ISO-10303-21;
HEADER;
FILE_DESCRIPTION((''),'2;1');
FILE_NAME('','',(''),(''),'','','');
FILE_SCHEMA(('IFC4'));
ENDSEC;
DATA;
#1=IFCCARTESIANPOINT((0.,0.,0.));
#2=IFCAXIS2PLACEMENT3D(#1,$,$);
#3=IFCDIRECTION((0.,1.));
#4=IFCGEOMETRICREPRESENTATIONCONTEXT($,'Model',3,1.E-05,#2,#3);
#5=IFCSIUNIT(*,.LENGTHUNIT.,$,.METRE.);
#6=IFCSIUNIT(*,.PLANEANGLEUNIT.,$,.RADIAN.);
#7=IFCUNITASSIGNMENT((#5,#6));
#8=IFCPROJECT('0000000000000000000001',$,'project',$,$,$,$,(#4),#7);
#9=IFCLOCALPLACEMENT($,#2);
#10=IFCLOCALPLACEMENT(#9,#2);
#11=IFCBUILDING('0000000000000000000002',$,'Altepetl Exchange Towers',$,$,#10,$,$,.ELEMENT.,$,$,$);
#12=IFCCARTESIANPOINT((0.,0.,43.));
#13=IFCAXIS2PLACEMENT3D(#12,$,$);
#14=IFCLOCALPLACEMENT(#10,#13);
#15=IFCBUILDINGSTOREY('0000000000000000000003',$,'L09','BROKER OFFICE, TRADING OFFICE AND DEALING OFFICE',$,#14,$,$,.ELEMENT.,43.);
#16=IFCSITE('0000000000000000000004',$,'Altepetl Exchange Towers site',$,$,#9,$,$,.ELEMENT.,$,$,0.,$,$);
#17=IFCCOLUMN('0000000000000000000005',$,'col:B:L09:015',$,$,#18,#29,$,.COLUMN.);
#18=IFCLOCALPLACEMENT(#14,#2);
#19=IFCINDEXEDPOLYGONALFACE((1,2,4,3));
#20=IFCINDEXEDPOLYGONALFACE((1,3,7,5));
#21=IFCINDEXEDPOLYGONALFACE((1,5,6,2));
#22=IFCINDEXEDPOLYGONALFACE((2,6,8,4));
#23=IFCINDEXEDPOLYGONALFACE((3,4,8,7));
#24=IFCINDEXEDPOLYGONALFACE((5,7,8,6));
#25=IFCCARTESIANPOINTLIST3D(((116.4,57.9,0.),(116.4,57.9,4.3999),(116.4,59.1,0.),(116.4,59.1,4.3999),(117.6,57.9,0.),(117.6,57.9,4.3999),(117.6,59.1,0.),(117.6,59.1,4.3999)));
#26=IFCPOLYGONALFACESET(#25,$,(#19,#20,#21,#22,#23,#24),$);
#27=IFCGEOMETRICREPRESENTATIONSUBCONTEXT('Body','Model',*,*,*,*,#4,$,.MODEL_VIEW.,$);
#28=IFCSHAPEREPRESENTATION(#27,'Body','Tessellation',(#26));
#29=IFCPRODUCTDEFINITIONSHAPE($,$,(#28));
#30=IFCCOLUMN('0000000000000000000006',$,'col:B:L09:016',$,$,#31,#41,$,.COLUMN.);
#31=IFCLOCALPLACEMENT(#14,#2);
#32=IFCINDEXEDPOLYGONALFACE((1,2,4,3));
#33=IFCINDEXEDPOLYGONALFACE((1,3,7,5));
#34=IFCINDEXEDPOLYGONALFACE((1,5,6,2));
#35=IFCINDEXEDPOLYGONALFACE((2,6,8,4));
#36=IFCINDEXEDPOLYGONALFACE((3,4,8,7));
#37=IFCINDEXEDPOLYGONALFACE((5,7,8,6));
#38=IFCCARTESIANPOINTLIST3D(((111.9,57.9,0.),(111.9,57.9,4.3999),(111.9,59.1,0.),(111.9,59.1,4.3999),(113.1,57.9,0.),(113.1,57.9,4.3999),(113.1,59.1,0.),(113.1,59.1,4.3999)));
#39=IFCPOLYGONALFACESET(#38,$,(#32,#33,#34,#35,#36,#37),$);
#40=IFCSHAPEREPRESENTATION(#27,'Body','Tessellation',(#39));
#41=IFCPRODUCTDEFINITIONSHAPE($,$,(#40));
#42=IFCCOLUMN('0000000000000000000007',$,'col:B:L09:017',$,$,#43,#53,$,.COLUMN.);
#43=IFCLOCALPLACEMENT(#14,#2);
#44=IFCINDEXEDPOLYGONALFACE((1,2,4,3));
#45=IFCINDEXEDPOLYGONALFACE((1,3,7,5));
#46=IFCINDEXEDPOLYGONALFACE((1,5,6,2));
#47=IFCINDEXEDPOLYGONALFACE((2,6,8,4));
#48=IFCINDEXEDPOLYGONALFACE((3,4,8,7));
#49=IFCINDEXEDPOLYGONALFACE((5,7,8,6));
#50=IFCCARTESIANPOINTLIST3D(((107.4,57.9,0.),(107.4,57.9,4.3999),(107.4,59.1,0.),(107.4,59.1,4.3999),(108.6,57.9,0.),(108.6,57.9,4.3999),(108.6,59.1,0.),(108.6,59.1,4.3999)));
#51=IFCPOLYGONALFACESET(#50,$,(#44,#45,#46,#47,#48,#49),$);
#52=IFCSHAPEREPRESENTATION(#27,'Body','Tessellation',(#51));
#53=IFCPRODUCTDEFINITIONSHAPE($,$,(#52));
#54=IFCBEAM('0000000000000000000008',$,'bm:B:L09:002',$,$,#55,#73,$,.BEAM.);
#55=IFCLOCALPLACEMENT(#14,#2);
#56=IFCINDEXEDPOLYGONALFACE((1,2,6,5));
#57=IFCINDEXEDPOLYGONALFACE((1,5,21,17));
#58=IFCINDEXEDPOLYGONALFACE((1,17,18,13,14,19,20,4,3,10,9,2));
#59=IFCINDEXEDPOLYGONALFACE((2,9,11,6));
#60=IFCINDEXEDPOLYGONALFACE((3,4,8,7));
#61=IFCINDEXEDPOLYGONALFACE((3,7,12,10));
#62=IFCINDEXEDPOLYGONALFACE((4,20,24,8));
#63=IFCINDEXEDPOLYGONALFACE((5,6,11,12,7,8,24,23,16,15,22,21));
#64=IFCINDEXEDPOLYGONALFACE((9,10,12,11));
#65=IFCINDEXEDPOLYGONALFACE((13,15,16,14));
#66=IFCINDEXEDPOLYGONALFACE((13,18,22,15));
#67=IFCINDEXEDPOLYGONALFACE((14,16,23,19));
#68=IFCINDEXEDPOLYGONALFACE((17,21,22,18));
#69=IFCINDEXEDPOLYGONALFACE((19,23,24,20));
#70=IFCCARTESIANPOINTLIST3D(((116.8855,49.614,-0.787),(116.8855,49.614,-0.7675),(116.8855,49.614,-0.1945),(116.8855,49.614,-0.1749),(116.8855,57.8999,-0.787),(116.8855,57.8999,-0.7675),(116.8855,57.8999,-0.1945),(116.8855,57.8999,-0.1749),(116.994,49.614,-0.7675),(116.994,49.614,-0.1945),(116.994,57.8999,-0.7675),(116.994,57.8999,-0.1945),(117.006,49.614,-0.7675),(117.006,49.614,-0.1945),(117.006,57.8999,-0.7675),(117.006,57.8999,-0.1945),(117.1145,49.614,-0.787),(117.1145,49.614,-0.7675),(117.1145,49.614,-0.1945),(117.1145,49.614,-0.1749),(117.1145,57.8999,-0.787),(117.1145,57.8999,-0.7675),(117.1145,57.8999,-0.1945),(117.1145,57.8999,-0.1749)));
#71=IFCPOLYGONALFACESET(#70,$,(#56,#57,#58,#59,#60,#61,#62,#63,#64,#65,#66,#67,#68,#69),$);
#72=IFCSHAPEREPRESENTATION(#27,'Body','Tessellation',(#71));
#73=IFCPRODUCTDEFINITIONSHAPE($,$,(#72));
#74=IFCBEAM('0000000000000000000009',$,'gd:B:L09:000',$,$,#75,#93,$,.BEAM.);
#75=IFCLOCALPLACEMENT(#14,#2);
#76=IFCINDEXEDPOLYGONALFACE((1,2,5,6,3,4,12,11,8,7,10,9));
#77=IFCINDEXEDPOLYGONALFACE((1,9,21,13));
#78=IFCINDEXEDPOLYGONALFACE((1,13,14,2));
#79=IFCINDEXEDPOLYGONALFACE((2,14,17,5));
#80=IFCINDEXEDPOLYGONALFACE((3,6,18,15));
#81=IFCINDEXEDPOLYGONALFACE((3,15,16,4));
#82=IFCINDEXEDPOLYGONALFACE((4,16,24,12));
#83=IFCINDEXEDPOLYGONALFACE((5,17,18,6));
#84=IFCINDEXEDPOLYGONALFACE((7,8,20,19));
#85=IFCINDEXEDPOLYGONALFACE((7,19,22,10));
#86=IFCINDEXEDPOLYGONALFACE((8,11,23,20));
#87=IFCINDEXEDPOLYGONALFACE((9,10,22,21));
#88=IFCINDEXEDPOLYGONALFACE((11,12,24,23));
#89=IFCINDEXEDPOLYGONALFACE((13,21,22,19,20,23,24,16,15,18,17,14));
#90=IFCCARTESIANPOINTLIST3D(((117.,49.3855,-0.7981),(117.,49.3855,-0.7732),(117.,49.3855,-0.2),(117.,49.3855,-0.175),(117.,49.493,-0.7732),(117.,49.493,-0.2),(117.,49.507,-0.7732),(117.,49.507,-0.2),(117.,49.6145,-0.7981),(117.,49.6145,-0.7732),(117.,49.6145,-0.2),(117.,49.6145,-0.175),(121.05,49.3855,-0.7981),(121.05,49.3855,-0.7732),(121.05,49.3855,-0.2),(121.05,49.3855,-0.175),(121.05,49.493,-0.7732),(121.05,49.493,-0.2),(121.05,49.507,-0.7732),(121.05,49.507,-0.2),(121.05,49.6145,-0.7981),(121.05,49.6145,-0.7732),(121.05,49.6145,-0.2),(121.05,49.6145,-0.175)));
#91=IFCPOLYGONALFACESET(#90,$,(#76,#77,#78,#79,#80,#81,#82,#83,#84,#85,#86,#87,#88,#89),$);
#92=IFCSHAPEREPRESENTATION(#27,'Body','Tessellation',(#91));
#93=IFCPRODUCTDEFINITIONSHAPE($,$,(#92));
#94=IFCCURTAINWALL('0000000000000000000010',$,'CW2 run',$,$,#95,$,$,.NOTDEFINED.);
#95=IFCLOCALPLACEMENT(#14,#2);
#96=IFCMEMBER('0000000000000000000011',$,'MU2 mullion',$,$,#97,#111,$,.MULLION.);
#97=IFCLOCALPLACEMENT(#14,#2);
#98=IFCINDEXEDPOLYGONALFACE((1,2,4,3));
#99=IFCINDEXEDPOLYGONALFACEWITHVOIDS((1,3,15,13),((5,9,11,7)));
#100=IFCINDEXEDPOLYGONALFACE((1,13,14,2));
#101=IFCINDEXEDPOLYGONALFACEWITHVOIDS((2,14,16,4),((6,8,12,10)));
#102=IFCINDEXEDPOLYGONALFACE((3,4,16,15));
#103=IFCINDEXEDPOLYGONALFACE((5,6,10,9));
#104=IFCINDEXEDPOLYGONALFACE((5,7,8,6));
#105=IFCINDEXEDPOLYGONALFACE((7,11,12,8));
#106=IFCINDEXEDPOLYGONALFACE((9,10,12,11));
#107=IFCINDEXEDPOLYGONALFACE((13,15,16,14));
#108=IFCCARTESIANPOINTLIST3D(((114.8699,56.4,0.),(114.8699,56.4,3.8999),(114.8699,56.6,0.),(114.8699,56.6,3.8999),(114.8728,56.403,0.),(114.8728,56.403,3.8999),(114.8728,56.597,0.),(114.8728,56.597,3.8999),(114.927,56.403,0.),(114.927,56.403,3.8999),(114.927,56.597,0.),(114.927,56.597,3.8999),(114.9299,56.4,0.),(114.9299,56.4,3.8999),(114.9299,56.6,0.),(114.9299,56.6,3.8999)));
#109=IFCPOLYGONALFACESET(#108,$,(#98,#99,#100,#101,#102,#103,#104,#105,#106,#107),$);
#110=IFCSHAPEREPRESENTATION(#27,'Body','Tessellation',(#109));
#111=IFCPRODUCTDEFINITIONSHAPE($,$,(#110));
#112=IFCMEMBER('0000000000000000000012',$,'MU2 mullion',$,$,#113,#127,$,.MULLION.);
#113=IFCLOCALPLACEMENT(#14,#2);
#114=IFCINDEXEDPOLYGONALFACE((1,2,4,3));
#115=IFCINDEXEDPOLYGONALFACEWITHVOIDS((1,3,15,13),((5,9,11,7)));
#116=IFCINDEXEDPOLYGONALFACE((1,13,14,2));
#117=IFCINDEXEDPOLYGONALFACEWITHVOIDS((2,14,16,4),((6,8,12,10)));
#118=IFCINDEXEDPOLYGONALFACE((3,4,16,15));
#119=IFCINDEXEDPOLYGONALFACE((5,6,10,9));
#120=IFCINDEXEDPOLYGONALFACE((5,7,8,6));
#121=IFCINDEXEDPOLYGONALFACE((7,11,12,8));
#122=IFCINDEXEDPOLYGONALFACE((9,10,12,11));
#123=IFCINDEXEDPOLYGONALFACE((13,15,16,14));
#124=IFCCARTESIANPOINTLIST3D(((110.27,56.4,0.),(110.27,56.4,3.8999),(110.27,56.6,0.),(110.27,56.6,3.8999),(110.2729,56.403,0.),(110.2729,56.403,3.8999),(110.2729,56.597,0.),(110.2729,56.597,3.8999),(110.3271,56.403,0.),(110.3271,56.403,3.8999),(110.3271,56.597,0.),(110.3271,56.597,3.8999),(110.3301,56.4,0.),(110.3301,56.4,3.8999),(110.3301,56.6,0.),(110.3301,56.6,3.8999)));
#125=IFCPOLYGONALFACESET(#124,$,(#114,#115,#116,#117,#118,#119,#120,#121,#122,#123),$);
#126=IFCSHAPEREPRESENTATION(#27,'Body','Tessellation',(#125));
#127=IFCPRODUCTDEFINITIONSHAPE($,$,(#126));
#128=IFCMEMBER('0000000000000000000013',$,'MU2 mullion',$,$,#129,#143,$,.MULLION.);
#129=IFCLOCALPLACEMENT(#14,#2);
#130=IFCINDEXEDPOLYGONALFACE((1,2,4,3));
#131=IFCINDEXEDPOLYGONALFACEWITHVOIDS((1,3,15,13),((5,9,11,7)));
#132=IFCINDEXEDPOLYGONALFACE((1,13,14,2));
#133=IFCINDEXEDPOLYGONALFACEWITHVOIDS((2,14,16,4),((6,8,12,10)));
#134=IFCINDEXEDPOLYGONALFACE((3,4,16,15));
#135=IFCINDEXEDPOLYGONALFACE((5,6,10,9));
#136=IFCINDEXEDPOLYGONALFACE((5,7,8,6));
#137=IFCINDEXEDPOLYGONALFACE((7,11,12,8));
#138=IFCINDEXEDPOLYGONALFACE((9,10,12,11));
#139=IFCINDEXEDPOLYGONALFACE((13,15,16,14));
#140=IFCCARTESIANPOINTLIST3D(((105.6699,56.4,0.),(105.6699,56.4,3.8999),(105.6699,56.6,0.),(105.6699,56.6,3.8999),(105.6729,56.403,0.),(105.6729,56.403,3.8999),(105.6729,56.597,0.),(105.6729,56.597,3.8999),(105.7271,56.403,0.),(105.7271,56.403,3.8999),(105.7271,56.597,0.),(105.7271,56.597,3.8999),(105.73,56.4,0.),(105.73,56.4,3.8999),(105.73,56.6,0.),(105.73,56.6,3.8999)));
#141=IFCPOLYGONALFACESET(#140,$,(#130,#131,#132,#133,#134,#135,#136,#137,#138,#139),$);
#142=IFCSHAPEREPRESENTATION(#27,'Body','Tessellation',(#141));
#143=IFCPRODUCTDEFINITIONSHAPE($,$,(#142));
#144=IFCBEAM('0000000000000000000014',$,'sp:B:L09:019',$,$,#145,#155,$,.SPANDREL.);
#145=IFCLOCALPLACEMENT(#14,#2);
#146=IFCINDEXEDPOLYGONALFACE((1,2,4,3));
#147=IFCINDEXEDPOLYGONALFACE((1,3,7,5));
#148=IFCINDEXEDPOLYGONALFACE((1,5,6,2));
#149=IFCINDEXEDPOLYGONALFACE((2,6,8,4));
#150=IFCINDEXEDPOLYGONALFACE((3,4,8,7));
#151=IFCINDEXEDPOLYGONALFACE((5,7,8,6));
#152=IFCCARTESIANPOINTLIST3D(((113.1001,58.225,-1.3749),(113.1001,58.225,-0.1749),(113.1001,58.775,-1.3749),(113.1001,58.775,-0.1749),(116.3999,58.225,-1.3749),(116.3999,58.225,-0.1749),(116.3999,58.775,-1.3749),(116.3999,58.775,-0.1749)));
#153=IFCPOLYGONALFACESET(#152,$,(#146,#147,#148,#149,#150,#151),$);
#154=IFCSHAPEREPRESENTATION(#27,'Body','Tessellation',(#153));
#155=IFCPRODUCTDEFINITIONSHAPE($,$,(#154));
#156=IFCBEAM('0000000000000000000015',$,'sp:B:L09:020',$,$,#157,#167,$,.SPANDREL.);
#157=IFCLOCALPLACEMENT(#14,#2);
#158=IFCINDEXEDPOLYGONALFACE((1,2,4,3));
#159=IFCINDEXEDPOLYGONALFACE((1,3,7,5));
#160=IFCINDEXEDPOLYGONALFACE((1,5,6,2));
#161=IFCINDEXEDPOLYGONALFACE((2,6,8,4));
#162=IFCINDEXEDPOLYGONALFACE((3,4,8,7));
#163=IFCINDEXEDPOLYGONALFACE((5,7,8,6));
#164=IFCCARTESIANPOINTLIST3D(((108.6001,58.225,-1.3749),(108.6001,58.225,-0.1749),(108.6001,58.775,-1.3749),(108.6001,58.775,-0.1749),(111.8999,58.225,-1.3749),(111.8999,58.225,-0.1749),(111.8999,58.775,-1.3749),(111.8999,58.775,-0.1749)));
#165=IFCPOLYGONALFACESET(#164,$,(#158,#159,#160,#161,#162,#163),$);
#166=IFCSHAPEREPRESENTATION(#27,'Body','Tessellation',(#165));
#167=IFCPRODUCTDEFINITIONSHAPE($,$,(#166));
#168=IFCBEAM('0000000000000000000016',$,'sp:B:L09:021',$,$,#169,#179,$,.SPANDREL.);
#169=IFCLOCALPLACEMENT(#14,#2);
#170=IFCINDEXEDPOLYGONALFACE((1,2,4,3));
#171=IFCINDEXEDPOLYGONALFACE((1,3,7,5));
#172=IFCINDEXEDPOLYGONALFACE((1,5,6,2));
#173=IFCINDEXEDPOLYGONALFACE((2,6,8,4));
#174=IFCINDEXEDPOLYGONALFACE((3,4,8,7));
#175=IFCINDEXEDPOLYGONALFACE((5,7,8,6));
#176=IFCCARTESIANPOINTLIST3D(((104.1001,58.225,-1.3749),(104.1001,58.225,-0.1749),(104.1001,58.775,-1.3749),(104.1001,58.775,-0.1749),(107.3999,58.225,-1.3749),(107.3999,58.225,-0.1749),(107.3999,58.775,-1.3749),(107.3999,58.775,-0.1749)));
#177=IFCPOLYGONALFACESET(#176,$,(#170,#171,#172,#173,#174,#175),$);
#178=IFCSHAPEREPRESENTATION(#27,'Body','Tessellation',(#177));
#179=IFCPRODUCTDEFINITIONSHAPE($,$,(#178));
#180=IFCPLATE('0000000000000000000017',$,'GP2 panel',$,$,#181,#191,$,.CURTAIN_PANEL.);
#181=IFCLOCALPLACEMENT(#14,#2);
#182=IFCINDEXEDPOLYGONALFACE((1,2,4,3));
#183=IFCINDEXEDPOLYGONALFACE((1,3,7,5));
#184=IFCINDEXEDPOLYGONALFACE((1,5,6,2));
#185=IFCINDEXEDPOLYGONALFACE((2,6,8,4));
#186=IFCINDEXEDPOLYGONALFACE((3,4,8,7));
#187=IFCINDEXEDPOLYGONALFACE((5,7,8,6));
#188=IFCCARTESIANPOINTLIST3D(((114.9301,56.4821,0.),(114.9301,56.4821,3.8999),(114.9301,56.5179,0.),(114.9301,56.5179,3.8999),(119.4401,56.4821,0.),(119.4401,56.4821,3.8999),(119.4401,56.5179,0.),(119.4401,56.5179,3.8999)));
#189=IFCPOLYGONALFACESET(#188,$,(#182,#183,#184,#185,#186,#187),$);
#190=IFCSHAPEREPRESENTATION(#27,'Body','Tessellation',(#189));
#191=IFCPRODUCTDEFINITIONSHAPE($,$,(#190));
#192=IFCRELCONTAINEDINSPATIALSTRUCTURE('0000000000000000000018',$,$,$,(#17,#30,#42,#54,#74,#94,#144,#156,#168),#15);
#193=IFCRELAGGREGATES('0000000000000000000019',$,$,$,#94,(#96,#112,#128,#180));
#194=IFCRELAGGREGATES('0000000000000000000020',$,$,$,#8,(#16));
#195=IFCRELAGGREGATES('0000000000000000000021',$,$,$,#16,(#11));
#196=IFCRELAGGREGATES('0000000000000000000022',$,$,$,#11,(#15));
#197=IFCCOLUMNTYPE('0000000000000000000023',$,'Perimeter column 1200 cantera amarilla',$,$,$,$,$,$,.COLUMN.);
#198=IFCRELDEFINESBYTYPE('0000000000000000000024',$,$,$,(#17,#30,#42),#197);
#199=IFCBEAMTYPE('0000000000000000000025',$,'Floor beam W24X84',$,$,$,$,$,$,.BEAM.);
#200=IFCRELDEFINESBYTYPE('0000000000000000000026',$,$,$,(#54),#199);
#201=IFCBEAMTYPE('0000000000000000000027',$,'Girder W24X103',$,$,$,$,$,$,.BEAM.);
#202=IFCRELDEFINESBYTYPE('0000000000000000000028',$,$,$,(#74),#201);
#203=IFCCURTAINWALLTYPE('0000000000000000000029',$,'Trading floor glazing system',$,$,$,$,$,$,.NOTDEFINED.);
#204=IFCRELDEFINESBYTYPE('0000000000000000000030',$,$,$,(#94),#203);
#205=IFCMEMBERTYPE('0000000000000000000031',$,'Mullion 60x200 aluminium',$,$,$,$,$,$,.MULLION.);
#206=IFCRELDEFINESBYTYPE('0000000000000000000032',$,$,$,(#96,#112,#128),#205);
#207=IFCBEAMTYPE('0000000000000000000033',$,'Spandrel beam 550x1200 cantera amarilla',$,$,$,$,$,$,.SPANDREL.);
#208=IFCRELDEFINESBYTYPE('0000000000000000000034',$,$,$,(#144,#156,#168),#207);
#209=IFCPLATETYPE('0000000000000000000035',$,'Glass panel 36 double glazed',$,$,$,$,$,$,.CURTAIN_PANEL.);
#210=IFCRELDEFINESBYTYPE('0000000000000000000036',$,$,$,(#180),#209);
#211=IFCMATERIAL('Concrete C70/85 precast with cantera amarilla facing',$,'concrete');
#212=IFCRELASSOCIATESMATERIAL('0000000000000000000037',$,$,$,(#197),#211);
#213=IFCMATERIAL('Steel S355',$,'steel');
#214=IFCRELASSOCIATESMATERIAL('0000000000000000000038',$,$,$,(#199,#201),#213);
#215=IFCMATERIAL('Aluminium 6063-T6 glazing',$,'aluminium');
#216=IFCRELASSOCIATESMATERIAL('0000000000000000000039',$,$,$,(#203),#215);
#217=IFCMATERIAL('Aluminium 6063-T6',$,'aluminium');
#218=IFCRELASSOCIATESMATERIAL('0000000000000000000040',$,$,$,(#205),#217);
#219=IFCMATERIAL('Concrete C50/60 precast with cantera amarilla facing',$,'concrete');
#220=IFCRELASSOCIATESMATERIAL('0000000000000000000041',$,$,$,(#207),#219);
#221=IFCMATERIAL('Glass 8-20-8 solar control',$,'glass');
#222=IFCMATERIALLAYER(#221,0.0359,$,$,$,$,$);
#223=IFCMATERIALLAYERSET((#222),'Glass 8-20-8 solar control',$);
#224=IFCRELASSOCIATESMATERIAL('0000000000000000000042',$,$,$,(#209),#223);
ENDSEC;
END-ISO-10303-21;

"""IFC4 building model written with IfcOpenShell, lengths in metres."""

from ifc_helpers import new_model, si_unit, direction, frame, origin, origin_2d, place, context, subcontext, project, spatial, rectangle, hollow_rectangle, i_section, extrude, material, layer, layer_set, material_profile, profile_set, type_object, element, aggregate, save


model = new_model("IFC4")

# Units and contexts
model_context = context("Model", 3, precision=1e-05, world=origin(), true_north=direction((0.0, 1.0)))
body_context = subcontext(model_context, "Body", "Model", "MODEL_VIEW")
ifc_project = project(units=[si_unit("LENGTHUNIT", "METRE"), si_unit("PLANEANGLEUNIT", "RADIAN")], contexts=[model_context])

# Site, building, storey
site_placement = place(None, origin())
site = spatial("IfcSite", under=ifc_project, at=site_placement, Name="Altepetl Exchange Towers site", CompositionType="ELEMENT", RefElevation=0.0)
building_placement = place(site_placement, origin())
building = spatial("IfcBuilding", under=site, at=building_placement, Name="Altepetl Exchange Towers", CompositionType="ELEMENT")
storey_placement = place(building_placement, frame((0.0, 0.0, 43.0)))
storey = spatial("IfcBuildingStorey", under=building, at=storey_placement, Name="L09", Description="BROKER OFFICE, TRADING OFFICE AND DEALING OFFICE", CompositionType="ELEMENT", Elevation=43.0)

# Columns
ifc_material_1 = material(Name="Concrete C70/85 precast with cantera amarilla facing", Category="concrete")
ifc_material_profile_1 = material_profile(ifc_material_1, rectangle(XDim=1.2, YDim=1.2, at=origin_2d()), Name="1200 x 1200")
ifc_profile_set_1 = profile_set([ifc_material_profile_1], Name="Concrete C70/85 precast with cantera amarilla facing")
column_type = type_object("IfcColumnType", Name="Perimeter column 1200 cantera amarilla", PredefinedType="COLUMN", material=ifc_profile_set_1)
for number, where, name in (
    (1, (117.0, 58.5, 0.0), "col:B:L09:015"),
    (2, (112.5, 58.5, 0.0), "col:B:L09:016"),
    (3, (108.0, 58.5, 0.0), "col:B:L09:017"),
):
    element("IfcColumn", number, at=place(storey_placement, frame(where)), inside=storey, type_object=column_type, Name=name, PredefinedType="COLUMN", context=body_context, shape_type="SweptSolid", body=[
        extrude(rectangle(XDim=1.2, YDim=1.2, at=origin_2d()), origin(), (0.0, 0.0, 1.0), 4.3999),
    ])

# Beams
ifc_material_2 = material(Name="Steel S355", Category="steel")
ifc_material_profile_2 = material_profile(ifc_material_2, i_section(OverallWidth=0.229, OverallDepth=0.6121, WebThickness=0.012, FlangeThickness=0.0195, at=origin_2d()), Name="W24X84")
ifc_profile_set_2 = profile_set([ifc_material_profile_2], Name="Steel S355")
beam_type_1 = type_object("IfcBeamType", Name="Floor beam W24X84", PredefinedType="BEAM", material=ifc_profile_set_2)
beam_1_placement = place(storey_placement, frame((117.0, 49.614, -0.481), z_axis=(0.0, 1.0, 0.0), x_axis=(-1.0, 0.0, 0.0)))
element("IfcBeam", 4, at=beam_1_placement, inside=storey, type_object=beam_type_1, Name="bm:B:L09:002", PredefinedType="BEAM", context=body_context, shape_type="SweptSolid", body=[
    extrude(i_section(OverallWidth=0.229, OverallDepth=0.6121, WebThickness=0.012, FlangeThickness=0.0195, at=origin_2d()), origin(), (0.0, 0.0, 1.0), 8.2859),
])
ifc_material_profile_3 = material_profile(ifc_material_2, i_section(OverallWidth=0.229, OverallDepth=0.623, WebThickness=0.0139, FlangeThickness=0.0249, at=origin_2d()), Name="W24X103")
ifc_profile_set_3 = profile_set([ifc_material_profile_3], Name="Steel S355")
beam_type_2 = type_object("IfcBeamType", Name="Girder W24X103", PredefinedType="BEAM", material=ifc_profile_set_3)
beam_2_placement = place(storey_placement, frame((117.0, 49.5, -0.4866), z_axis=(1.0, 0.0, 0.0), x_axis=(0.0, 1.0, 0.0)))
element("IfcBeam", 5, at=beam_2_placement, inside=storey, type_object=beam_type_2, Name="gd:B:L09:000", PredefinedType="BEAM", context=body_context, shape_type="SweptSolid", body=[
    extrude(i_section(OverallWidth=0.229, OverallDepth=0.623, WebThickness=0.0139, FlangeThickness=0.0249, at=origin_2d()), origin(), (0.0, 0.0, 1.0), 4.05),
])

# Curtain wall, members
ifc_material_3 = material(Name="Aluminium 6063-T6 glazing", Category="aluminium")
curtain_wall_type = type_object("IfcCurtainWallType", Name="Trading floor glazing system", PredefinedType="NOTDEFINED", material=ifc_material_3)
curtain_wall_placement = place(storey_placement, origin())
curtain_wall = element("IfcCurtainWall", 6, at=curtain_wall_placement, inside=storey, type_object=curtain_wall_type, Name="CW2 run", PredefinedType="NOTDEFINED")
ifc_material_4 = material(Name="Aluminium 6063-T6", Category="aluminium")
ifc_material_profile_4 = material_profile(ifc_material_4, hollow_rectangle(XDim=0.0601, YDim=0.2, WallThickness=0.0029, at=origin_2d()), Name="Mullion 60x200 aluminium")
ifc_profile_set_4 = profile_set([ifc_material_profile_4], Name="Aluminium 6063-T6")
member_type = type_object("IfcMemberType", Name="Mullion 60x200 aluminium", PredefinedType="MULLION", material=ifc_profile_set_4)
member_1_placement = place(storey_placement, frame((114.8999, 56.5, 0.0), z_axis=(0.0, 0.0, 1.0), x_axis=(-1.0, 0.0, 0.0)))
member_1 = element("IfcMember", 7, at=member_1_placement, type_object=member_type, Name="MU2 mullion", PredefinedType="MULLION", context=body_context, shape_type="SweptSolid", body=[
    extrude(hollow_rectangle(XDim=0.0601, YDim=0.2, WallThickness=0.0029, at=origin_2d()), origin(), (0.0, 0.0, 1.0), 3.8999),
])
member_2_placement = place(storey_placement, frame((110.3, 56.5, 0.0), z_axis=(0.0, 0.0, 1.0), x_axis=(-1.0, 0.0, 0.0)))
member_2 = element("IfcMember", 8, at=member_2_placement, type_object=member_type, Name="MU2 mullion", PredefinedType="MULLION", context=body_context, shape_type="SweptSolid", body=[
    extrude(hollow_rectangle(XDim=0.0601, YDim=0.2, WallThickness=0.0029, at=origin_2d()), origin(), (0.0, 0.0, 1.0), 3.8999),
])
member_3_placement = place(storey_placement, frame((105.7, 56.5, 0.0), z_axis=(0.0, 0.0, 1.0), x_axis=(-1.0, 0.0, 0.0)))
member_3 = element("IfcMember", 9, at=member_3_placement, type_object=member_type, Name="MU2 mullion", PredefinedType="MULLION", context=body_context, shape_type="SweptSolid", body=[
    extrude(hollow_rectangle(XDim=0.0601, YDim=0.2, WallThickness=0.0029, at=origin_2d()), origin(), (0.0, 0.0, 1.0), 3.8999),
])

# Beams
ifc_material_5 = material(Name="Concrete C50/60 precast with cantera amarilla facing", Category="concrete")
ifc_material_profile_5 = material_profile(ifc_material_5, rectangle(XDim=0.55, YDim=1.2, at=origin_2d()), Name="550 x 1200")
ifc_profile_set_5 = profile_set([ifc_material_profile_5], Name="Concrete C50/60 precast with cantera amarilla facing")
beam_type_3 = type_object("IfcBeamType", Name="Spandrel beam 550x1200 cantera amarilla", PredefinedType="SPANDREL", material=ifc_profile_set_5)
for number, where, z_axis, x_axis, name in (
    (10, (116.3999, 58.5, -0.7749), (-1.0, 0.0, 0.0), (0.0, -1.0, 0.0), "sp:B:L09:019"),
    (11, (111.8999, 58.5, -0.7749), (-1.0, 0.0, 0.0), (0.0, -1.0, 0.0), "sp:B:L09:020"),
    (12, (107.3999, 58.5, -0.7749), (-1.0, 0.0, 0.0), (0.0, -1.0, 0.0), "sp:B:L09:021"),
):
    element("IfcBeam", number, at=place(storey_placement, frame(where, z_axis=z_axis, x_axis=x_axis)), inside=storey, type_object=beam_type_3, Name=name, PredefinedType="SPANDREL", context=body_context, shape_type="SweptSolid", body=[
        extrude(rectangle(XDim=0.55, YDim=1.2, at=origin_2d()), origin(), (0.0, 0.0, 1.0), 3.2998),
    ])

# Plate
ifc_material_6 = material(Name="Glass 8-20-8 solar control", Category="glass")
ifc_layer_1 = layer(ifc_material_6, 0.0359)
ifc_layer_set_1 = layer_set([ifc_layer_1], Name="Glass 8-20-8 solar control")
plate_type = type_object("IfcPlateType", Name="Glass panel 36 double glazed", PredefinedType="CURTAIN_PANEL", material=ifc_layer_set_1)
plate_1_placement = place(storey_placement, frame((117.1851, 56.5, 0.0), z_axis=(0.0, 0.0, 1.0), x_axis=(-1.0, 0.0, 0.0)))
plate_1 = element("IfcPlate", 13, at=plate_1_placement, type_object=plate_type, Name="GP2 panel", PredefinedType="CURTAIN_PANEL", context=body_context, shape_type="SweptSolid", body=[
    extrude(rectangle(XDim=4.51, YDim=0.0359, at=origin_2d()), origin(), (0.0, 0.0, 1.0), 3.8999),
])
aggregate(curtain_wall, [member_1, member_2, member_3, plate_1])

save(model, "model.ifc")
